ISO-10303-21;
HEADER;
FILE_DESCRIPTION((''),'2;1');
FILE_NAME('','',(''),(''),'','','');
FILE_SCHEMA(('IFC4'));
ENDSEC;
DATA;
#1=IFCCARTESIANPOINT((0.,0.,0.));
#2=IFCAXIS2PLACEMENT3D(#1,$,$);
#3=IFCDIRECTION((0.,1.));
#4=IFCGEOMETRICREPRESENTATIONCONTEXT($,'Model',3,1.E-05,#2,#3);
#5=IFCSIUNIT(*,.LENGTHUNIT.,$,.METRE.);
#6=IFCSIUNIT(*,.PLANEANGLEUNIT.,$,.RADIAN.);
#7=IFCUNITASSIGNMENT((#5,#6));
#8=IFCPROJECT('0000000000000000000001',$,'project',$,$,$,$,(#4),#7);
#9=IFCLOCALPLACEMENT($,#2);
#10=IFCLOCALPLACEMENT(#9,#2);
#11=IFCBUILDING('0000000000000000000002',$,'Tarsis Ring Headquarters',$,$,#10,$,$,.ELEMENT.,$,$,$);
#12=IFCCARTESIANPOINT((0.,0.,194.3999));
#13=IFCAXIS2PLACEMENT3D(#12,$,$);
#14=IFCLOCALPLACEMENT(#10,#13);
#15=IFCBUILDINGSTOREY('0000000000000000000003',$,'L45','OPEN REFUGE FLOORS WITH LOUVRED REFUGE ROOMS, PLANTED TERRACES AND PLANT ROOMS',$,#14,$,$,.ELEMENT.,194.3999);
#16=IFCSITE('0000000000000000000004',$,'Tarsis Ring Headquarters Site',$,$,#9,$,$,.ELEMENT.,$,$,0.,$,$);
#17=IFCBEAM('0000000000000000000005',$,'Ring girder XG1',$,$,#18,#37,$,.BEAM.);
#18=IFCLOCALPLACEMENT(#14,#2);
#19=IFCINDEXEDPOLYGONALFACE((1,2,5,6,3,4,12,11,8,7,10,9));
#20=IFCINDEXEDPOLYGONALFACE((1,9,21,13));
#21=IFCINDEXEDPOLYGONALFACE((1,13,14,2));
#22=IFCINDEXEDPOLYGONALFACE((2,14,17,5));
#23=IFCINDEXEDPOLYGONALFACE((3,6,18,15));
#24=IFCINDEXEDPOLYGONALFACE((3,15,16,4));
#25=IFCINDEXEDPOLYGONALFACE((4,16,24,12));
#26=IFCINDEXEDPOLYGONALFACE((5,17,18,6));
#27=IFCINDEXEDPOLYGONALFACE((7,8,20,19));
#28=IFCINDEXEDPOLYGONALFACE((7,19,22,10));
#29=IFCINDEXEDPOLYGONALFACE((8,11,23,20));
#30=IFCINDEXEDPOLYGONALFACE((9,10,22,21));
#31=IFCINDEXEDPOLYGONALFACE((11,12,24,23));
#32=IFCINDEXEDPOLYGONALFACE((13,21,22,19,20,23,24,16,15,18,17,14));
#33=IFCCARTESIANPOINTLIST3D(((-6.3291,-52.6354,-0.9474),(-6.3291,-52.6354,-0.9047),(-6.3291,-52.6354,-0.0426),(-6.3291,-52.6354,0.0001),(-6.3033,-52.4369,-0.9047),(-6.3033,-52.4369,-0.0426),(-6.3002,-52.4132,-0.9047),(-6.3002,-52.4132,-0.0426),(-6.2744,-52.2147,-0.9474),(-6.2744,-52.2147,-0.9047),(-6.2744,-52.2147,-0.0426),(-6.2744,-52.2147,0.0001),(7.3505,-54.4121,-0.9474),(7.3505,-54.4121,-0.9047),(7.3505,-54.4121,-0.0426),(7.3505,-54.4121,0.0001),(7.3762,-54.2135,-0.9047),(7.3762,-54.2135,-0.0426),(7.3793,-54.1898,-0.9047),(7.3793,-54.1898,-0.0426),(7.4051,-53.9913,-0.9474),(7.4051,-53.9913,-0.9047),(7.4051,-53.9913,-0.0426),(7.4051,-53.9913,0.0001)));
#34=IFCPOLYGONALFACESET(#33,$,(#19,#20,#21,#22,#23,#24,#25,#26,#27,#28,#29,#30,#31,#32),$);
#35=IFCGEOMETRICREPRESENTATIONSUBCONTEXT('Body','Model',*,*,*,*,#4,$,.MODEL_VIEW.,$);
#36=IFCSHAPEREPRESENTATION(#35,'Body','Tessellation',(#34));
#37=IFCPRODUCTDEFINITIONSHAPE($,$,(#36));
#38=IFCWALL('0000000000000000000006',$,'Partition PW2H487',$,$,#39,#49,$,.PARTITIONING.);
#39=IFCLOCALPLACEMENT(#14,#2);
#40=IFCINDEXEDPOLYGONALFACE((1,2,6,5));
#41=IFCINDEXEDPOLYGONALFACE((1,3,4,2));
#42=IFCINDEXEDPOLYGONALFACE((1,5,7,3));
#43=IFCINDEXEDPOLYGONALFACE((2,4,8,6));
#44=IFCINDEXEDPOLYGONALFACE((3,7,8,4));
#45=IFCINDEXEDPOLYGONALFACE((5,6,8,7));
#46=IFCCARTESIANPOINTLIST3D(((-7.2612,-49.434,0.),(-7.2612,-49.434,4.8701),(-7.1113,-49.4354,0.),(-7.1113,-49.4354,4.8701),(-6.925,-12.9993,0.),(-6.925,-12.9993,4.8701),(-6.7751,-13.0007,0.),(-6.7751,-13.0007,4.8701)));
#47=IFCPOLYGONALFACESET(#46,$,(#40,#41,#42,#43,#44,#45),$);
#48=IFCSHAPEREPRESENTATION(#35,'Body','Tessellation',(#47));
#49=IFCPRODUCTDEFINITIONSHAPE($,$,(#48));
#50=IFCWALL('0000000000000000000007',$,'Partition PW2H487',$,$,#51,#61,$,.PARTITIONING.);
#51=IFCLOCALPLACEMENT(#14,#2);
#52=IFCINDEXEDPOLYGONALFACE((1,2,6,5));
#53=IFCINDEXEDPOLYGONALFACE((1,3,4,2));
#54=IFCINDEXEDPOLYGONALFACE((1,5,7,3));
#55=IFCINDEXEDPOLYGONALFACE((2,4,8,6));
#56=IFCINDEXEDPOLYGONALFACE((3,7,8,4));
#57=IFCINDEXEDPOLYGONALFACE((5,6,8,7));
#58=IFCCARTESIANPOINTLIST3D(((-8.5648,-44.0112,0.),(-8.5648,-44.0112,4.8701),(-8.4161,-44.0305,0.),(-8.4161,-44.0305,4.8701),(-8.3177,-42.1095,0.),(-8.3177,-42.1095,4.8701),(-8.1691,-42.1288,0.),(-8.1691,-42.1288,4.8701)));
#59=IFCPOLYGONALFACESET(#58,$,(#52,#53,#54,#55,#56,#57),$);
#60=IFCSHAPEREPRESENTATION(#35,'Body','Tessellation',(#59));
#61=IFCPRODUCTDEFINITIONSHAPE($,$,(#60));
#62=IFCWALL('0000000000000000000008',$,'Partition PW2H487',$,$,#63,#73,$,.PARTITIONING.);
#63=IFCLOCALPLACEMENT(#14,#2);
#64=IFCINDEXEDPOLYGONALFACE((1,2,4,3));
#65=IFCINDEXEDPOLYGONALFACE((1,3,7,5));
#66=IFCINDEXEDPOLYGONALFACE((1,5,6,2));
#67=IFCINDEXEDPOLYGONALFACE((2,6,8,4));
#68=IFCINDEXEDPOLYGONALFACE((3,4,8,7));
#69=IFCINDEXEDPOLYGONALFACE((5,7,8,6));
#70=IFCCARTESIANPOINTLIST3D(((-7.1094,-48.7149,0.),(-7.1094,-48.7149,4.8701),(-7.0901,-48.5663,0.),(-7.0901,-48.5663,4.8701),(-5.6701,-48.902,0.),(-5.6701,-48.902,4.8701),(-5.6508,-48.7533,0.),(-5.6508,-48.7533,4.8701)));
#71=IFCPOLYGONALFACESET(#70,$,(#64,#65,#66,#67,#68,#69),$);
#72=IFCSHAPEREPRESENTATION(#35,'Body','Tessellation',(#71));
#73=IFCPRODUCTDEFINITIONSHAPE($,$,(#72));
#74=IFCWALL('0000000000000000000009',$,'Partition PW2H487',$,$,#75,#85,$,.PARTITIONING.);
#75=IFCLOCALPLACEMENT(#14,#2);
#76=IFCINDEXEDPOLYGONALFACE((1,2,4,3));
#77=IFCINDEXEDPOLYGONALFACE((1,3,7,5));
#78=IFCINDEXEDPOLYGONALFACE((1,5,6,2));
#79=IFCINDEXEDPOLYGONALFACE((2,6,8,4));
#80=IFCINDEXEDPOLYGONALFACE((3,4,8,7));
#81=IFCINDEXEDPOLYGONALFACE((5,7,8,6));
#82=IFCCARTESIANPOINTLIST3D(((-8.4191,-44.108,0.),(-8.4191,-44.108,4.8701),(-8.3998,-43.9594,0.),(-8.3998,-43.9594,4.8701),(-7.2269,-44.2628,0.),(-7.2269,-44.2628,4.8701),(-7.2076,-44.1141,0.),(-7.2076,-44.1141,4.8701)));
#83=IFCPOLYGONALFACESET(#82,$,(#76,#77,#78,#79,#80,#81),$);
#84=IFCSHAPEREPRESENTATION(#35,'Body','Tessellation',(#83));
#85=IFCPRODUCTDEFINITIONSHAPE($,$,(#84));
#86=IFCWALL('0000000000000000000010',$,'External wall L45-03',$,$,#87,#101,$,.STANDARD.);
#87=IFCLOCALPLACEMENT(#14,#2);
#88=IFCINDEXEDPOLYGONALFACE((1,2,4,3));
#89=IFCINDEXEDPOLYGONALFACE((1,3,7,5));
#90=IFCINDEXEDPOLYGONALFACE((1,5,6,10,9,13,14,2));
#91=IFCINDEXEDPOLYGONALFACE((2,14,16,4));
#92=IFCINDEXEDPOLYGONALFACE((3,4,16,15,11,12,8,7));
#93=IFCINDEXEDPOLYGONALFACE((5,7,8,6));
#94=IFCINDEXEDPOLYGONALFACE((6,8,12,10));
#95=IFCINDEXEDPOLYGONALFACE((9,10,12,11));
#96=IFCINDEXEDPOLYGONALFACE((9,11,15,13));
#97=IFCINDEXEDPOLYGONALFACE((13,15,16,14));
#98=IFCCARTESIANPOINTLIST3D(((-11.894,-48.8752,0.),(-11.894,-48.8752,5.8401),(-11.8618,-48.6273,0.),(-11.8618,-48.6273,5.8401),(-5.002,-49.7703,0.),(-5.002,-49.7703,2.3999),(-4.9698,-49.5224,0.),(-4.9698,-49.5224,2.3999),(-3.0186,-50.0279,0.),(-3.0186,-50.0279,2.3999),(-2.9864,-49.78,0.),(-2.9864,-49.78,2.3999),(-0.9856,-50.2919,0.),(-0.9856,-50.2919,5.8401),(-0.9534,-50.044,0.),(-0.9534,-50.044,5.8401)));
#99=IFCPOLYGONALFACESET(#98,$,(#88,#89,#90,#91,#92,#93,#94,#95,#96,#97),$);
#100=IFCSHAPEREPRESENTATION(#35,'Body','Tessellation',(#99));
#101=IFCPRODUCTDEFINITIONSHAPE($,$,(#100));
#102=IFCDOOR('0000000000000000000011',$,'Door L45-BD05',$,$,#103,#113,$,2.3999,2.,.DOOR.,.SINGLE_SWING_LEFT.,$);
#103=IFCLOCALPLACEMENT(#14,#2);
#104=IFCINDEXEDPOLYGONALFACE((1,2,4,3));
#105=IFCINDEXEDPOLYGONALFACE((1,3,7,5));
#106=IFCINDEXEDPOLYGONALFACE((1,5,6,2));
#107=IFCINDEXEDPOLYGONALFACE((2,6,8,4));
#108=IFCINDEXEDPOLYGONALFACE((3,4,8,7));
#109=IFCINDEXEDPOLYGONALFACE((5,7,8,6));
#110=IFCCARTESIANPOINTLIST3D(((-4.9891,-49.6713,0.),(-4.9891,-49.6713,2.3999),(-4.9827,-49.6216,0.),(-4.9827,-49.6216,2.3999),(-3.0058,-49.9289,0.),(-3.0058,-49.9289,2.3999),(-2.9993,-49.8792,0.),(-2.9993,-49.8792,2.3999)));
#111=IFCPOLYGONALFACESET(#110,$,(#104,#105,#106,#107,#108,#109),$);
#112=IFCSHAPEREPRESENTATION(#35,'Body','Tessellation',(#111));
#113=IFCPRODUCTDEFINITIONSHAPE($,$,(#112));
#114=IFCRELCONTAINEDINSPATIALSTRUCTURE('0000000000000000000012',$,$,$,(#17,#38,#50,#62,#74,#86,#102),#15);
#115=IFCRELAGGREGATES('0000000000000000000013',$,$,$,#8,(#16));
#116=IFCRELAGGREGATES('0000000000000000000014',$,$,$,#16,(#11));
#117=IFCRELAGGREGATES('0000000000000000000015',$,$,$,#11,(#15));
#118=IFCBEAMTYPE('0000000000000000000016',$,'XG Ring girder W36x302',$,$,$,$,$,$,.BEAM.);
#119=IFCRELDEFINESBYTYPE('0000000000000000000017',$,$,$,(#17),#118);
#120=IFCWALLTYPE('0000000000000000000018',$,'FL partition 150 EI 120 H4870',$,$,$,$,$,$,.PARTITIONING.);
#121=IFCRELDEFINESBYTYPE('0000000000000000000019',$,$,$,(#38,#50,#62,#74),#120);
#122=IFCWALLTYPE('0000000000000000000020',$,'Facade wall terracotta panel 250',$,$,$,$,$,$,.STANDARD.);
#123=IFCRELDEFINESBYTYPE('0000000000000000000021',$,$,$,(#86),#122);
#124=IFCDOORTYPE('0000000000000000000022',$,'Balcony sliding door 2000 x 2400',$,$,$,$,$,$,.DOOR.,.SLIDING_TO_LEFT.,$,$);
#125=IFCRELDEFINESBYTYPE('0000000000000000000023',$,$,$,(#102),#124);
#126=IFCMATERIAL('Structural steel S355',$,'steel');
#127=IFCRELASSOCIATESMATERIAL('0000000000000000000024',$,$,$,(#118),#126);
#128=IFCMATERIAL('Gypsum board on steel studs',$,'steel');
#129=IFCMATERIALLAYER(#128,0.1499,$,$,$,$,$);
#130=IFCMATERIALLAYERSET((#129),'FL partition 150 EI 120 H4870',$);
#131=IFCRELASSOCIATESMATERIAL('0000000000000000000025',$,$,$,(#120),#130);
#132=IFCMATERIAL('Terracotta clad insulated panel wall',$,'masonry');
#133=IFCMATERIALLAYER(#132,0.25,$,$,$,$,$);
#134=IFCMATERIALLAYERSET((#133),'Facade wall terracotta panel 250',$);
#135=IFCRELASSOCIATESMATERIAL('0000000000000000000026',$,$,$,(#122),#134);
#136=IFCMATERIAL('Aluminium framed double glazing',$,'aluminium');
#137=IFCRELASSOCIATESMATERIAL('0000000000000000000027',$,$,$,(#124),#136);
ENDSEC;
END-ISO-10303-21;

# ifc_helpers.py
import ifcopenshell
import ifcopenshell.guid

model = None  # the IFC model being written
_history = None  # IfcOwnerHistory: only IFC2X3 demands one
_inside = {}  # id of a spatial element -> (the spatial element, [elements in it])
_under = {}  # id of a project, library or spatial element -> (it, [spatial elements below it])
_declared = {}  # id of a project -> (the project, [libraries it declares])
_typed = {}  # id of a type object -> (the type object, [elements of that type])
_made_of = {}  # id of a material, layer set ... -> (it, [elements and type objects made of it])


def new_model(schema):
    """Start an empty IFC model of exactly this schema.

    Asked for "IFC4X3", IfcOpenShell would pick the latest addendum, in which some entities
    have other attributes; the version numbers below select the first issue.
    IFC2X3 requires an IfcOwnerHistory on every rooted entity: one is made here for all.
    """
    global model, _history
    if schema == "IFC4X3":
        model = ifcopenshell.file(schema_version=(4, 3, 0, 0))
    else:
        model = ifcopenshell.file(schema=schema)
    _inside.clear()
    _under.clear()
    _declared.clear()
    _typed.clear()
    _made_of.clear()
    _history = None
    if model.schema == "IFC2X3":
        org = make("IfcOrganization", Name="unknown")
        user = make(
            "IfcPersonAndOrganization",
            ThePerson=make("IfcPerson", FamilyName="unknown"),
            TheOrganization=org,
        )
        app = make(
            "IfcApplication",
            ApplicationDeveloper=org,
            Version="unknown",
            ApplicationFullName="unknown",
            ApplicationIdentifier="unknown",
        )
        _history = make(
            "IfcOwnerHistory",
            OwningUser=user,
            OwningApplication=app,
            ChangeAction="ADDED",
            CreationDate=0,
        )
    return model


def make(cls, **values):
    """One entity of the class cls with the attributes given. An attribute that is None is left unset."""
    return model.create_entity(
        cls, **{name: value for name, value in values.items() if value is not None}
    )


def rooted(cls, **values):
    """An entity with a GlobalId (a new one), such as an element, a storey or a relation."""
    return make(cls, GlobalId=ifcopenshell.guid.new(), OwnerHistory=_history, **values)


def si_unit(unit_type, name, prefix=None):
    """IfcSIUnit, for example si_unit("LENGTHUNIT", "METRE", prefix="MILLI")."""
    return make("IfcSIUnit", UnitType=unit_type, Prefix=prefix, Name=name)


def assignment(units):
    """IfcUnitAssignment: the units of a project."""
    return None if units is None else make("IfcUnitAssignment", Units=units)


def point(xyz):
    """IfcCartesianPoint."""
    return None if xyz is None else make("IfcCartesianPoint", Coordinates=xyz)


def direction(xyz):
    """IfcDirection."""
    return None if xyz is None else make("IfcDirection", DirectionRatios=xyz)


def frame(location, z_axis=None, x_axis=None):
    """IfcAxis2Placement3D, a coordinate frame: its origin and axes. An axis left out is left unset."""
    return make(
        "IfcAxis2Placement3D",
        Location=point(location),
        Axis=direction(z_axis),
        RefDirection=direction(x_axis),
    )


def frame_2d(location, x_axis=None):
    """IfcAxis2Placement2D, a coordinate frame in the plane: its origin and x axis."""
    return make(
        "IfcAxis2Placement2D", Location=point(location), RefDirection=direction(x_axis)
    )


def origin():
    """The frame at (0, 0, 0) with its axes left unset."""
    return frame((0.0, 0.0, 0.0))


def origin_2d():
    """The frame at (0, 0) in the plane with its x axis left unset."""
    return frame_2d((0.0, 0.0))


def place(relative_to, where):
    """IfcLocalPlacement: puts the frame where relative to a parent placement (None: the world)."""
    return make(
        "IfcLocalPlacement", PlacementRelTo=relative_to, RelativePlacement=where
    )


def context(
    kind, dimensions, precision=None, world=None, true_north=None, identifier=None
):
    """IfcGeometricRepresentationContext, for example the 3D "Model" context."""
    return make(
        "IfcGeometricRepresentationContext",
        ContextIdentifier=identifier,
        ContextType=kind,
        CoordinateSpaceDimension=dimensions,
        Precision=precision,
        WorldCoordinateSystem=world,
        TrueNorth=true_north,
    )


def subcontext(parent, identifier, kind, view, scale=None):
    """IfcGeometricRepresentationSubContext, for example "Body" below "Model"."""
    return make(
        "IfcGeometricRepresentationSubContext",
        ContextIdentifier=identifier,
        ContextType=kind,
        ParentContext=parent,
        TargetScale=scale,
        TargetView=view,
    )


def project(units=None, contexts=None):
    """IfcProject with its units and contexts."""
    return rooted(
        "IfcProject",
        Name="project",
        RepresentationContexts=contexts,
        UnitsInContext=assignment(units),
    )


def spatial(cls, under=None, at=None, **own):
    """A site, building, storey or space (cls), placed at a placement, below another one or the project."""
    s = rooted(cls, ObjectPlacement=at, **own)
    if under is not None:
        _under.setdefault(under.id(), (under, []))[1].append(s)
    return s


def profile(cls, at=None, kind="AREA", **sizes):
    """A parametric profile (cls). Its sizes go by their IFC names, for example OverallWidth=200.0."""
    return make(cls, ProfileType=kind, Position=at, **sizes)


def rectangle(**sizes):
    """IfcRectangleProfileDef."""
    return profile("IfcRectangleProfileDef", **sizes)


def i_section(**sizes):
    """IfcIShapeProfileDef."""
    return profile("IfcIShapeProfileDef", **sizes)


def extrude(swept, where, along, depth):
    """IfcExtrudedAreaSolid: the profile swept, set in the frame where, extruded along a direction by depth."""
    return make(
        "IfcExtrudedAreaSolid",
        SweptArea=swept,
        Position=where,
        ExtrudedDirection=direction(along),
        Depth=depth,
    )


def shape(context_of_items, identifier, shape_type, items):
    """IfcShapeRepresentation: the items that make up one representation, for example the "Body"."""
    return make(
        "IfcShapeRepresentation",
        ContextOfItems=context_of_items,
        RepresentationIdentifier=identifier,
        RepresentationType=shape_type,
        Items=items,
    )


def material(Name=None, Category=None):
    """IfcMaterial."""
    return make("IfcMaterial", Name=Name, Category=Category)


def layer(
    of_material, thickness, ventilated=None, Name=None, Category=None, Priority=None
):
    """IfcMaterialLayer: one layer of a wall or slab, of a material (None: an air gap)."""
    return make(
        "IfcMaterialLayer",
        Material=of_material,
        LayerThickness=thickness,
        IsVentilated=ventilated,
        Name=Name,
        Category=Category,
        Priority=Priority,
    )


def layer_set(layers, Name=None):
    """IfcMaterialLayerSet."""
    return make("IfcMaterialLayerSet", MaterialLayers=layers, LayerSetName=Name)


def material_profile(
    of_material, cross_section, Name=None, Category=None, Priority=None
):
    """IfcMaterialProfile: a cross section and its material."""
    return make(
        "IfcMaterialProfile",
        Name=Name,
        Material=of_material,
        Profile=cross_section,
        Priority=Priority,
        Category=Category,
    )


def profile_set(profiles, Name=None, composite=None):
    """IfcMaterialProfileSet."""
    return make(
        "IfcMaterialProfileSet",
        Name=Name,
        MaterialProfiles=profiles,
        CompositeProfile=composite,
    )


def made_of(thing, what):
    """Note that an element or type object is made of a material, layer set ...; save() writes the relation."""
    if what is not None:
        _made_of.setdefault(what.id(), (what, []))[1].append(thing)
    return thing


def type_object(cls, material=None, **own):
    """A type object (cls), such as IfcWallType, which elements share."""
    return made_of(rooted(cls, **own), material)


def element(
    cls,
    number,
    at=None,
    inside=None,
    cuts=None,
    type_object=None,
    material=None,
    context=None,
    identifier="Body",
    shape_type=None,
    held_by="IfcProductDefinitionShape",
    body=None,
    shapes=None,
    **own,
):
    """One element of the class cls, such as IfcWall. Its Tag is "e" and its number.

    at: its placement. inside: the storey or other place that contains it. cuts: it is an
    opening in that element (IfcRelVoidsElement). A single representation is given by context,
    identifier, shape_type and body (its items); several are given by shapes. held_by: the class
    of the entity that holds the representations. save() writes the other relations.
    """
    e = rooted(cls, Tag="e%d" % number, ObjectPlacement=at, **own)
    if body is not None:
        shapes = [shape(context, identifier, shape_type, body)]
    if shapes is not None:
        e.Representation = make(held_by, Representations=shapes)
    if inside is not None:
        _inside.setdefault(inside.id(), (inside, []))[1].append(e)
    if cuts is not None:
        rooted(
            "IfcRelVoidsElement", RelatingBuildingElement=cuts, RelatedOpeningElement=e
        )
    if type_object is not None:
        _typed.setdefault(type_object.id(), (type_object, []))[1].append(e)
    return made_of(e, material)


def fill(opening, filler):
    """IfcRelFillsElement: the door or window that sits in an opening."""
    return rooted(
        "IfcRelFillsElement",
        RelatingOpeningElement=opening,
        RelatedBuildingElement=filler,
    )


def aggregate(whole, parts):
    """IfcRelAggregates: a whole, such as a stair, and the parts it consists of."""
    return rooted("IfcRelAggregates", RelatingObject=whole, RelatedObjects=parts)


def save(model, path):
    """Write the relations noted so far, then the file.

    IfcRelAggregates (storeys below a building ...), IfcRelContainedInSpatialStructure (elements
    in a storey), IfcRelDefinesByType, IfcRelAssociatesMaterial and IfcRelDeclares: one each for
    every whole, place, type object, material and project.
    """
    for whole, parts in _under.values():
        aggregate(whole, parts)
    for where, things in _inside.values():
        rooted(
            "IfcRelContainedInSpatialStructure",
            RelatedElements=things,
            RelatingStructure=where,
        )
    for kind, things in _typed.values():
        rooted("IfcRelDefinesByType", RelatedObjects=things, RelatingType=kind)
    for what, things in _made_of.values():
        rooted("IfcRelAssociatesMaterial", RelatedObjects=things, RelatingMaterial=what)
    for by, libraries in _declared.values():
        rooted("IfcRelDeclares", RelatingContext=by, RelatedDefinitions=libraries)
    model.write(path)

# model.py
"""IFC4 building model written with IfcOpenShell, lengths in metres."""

from ifc_helpers import new_model, si_unit, direction, frame, frame_2d, origin, origin_2d, place, context, subcontext, project, spatial, rectangle, i_section, extrude, material, layer, layer_set, material_profile, profile_set, type_object, element, fill, save


model = new_model("IFC4")

# Units and contexts
model_context = context("Model", 3, precision=1e-05, world=origin(), true_north=direction((0.0, 1.0)))
body_context = subcontext(model_context, "Body", "Model", "MODEL_VIEW")
ifc_project = project(units=[si_unit("LENGTHUNIT", "METRE"), si_unit("PLANEANGLEUNIT", "RADIAN")], contexts=[model_context])

# Site, building, storey
site_placement = place(None, origin())
site = spatial("IfcSite", under=ifc_project, at=site_placement, Name="Tarsis Ring Headquarters Site", CompositionType="ELEMENT", RefElevation=0.0)
building_placement = place(site_placement, origin())
building = spatial("IfcBuilding", under=site, at=building_placement, Name="Tarsis Ring Headquarters", CompositionType="ELEMENT")
storey_placement = place(building_placement, frame((0.0, 0.0, 194.3999)))
storey = spatial("IfcBuildingStorey", under=building, at=storey_placement, Name="L45", Description="OPEN REFUGE FLOORS WITH LOUVRED REFUGE ROOMS, PLANTED TERRACES AND PLANT ROOMS", CompositionType="ELEMENT", Elevation=194.3999)

# Shared definitions
ifc_material_1 = material(Name="Structural steel S355", Category="steel")

# Beam
ifc_material_profile_1 = material_profile(ifc_material_1, i_section(OverallWidth=0.4243, OverallDepth=0.9475, WebThickness=0.0239, FlangeThickness=0.0427, at=origin_2d()), Name="W36x302")
ifc_profile_set_1 = profile_set([ifc_material_profile_1], Name="Structural steel S355")
beam_type_1 = type_object("IfcBeamType", Name="XG Ring girder W36x302", PredefinedType="BEAM", material=ifc_profile_set_1)
for number, where, z_axis, x_axis, name in (
    (1, (-6.3018, -52.425, -0.4736), (0.991672, -0.128793, 0.0), (0.128793, 0.991672, 0.0), "Ring girder XG1"),
):
    element("IfcBeam", number, at=place(storey_placement, frame(where, z_axis=z_axis, x_axis=x_axis)), inside=storey, type_object=beam_type_1, Name=name, PredefinedType="BEAM", context=body_context, shape_type="SweptSolid", body=[
        extrude(i_section(OverallWidth=0.4243, OverallDepth=0.9475, WebThickness=0.0239, FlangeThickness=0.0427, at=origin_2d()), origin(), (0.0, 0.0, 1.0), 13.7944),
    ])

# Walls
ifc_material_2 = material(Name="Gypsum board on steel studs", Category="steel")
ifc_layer_1 = layer(ifc_material_2, 0.1499)
ifc_layer_set_1 = layer_set([ifc_layer_1], Name="FL partition 150 EI 120 H4870")
wall_type_1 = type_object("IfcWallType", Name="FL partition 150 EI 120 H4870", PredefinedType="PARTITIONING", material=ifc_layer_set_1)
wall_1_placement = place(storey_placement, frame((-7.1863, -49.4348, 0.0), z_axis=(0.0, 0.0, 1.0), x_axis=(0.009227, 0.999957, 0.0)))
element("IfcWall", 2, at=wall_1_placement, inside=storey, type_object=wall_type_1, Name="Partition PW2H487", PredefinedType="PARTITIONING", context=body_context, shape_type="SweptSolid", body=[
    extrude(rectangle(XDim=36.4363, YDim=0.1499, at=frame_2d((18.2183, 0.0))), origin(), (0.0, 0.0, 1.0), 4.8701),
])
wall_2_placement = place(storey_placement, frame((-8.4905, -44.021, 0.0), z_axis=(0.0, 0.0, 1.0), x_axis=(0.128828, 0.991667, 0.0)))
element("IfcWall", 3, at=wall_2_placement, inside=storey, type_object=wall_type_1, Name="Partition PW2H487", PredefinedType="PARTITIONING", context=body_context, shape_type="SweptSolid", body=[
    extrude(rectangle(XDim=1.9177, YDim=0.1499, at=frame_2d((0.959, 0.0))), origin(), (0.0, 0.0, 1.0), 4.8701),
])
wall_3_placement = place(storey_placement, frame((-7.0996, -48.6406, 0.0), z_axis=(0.0, 0.0, 1.0), x_axis=(0.991663, -0.128857, 0.0)))
element("IfcWall", 4, at=wall_3_placement, inside=storey, type_object=wall_type_1, Name="Partition PW2H487", PredefinedType="PARTITIONING", context=body_context, shape_type="SweptSolid", body=[
    extrude(rectangle(XDim=1.4514, YDim=0.1499, at=frame_2d((0.7256, 0.0))), origin(), (0.0, 0.0, 1.0), 4.8701),
])
wall_4_placement = place(storey_placement, frame((-8.4094, -44.0337, 0.0), z_axis=(0.0, 0.0, 1.0), x_axis=(0.991676, -0.128757, 0.0)))
element("IfcWall", 5, at=wall_4_placement, inside=storey, type_object=wall_type_1, Name="Partition PW2H487", PredefinedType="PARTITIONING", context=body_context, shape_type="SweptSolid", body=[
    extrude(rectangle(XDim=1.2021, YDim=0.1499, at=frame_2d((0.6011, 0.0))), origin(), (0.0, 0.0, 1.0), 4.8701),
])

# Wall, opening, door
ifc_material_3 = material(Name="Terracotta clad insulated panel wall", Category="masonry")
ifc_layer_2 = layer(ifc_material_3, 0.25)
ifc_layer_set_2 = layer_set([ifc_layer_2], Name="Facade wall terracotta panel 250")
wall_type_2 = type_object("IfcWallType", Name="Facade wall terracotta panel 250", PredefinedType="STANDARD", material=ifc_layer_set_2)
wall_5_placement = place(storey_placement, frame((-11.8779, -48.7512, 0.0), z_axis=(0.0, 0.0, 1.0), x_axis=(0.991671, -0.128795, 0.0)))
wall_5 = element("IfcWall", 6, at=wall_5_placement, inside=storey, type_object=wall_type_2, Name="External wall L45-03", PredefinedType="STANDARD", context=body_context, shape_type="SweptSolid", body=[
    extrude(rectangle(XDim=11.0, YDim=0.25, at=frame_2d((5.5, 0.0))), origin(), (0.0, 0.0, 1.0), 5.8401),
])
opening_placement = place(wall_5_placement, frame((6.95, 0.0, 0.0)))
opening = element("IfcOpeningElement", 7, at=opening_placement, cuts=wall_5, PredefinedType="OPENING", context=body_context, shape_type="SweptSolid", body=[
    extrude(rectangle(XDim=2.0, YDim=2.3999, at=frame_2d((1.0, 1.2))), frame((0.0, 0.135, 0.0), z_axis=(0.0, -1.0, 0.0), x_axis=(1.0, 0.0, 0.0)), (0.0, 0.0, 1.0), 0.27),
])
ifc_material_4 = material(Name="Aluminium framed double glazing", Category="aluminium")
door_type = type_object("IfcDoorType", Name="Balcony sliding door 2000 x 2400", OperationType="SLIDING_TO_LEFT", PredefinedType="DOOR", material=ifc_material_4)
door_placement = place(opening_placement, origin())
door = element("IfcDoor", 8, at=door_placement, inside=storey, type_object=door_type, Name="Door L45-BD05", OperationType="SINGLE_SWING_LEFT", OverallHeight=2.3999, OverallWidth=2.0, PredefinedType="DOOR", context=body_context, shape_type="SweptSolid", body=[
    extrude(rectangle(XDim=2.0, YDim=2.3999, at=frame_2d((1.0, 1.2))), frame((0.0, 0.0249, 0.0), z_axis=(0.0, -1.0, 0.0), x_axis=(1.0, 0.0, 0.0)), (0.0, 0.0, 1.0), 0.05),
])
fill(opening, door)

save(model, "model.ifc")
